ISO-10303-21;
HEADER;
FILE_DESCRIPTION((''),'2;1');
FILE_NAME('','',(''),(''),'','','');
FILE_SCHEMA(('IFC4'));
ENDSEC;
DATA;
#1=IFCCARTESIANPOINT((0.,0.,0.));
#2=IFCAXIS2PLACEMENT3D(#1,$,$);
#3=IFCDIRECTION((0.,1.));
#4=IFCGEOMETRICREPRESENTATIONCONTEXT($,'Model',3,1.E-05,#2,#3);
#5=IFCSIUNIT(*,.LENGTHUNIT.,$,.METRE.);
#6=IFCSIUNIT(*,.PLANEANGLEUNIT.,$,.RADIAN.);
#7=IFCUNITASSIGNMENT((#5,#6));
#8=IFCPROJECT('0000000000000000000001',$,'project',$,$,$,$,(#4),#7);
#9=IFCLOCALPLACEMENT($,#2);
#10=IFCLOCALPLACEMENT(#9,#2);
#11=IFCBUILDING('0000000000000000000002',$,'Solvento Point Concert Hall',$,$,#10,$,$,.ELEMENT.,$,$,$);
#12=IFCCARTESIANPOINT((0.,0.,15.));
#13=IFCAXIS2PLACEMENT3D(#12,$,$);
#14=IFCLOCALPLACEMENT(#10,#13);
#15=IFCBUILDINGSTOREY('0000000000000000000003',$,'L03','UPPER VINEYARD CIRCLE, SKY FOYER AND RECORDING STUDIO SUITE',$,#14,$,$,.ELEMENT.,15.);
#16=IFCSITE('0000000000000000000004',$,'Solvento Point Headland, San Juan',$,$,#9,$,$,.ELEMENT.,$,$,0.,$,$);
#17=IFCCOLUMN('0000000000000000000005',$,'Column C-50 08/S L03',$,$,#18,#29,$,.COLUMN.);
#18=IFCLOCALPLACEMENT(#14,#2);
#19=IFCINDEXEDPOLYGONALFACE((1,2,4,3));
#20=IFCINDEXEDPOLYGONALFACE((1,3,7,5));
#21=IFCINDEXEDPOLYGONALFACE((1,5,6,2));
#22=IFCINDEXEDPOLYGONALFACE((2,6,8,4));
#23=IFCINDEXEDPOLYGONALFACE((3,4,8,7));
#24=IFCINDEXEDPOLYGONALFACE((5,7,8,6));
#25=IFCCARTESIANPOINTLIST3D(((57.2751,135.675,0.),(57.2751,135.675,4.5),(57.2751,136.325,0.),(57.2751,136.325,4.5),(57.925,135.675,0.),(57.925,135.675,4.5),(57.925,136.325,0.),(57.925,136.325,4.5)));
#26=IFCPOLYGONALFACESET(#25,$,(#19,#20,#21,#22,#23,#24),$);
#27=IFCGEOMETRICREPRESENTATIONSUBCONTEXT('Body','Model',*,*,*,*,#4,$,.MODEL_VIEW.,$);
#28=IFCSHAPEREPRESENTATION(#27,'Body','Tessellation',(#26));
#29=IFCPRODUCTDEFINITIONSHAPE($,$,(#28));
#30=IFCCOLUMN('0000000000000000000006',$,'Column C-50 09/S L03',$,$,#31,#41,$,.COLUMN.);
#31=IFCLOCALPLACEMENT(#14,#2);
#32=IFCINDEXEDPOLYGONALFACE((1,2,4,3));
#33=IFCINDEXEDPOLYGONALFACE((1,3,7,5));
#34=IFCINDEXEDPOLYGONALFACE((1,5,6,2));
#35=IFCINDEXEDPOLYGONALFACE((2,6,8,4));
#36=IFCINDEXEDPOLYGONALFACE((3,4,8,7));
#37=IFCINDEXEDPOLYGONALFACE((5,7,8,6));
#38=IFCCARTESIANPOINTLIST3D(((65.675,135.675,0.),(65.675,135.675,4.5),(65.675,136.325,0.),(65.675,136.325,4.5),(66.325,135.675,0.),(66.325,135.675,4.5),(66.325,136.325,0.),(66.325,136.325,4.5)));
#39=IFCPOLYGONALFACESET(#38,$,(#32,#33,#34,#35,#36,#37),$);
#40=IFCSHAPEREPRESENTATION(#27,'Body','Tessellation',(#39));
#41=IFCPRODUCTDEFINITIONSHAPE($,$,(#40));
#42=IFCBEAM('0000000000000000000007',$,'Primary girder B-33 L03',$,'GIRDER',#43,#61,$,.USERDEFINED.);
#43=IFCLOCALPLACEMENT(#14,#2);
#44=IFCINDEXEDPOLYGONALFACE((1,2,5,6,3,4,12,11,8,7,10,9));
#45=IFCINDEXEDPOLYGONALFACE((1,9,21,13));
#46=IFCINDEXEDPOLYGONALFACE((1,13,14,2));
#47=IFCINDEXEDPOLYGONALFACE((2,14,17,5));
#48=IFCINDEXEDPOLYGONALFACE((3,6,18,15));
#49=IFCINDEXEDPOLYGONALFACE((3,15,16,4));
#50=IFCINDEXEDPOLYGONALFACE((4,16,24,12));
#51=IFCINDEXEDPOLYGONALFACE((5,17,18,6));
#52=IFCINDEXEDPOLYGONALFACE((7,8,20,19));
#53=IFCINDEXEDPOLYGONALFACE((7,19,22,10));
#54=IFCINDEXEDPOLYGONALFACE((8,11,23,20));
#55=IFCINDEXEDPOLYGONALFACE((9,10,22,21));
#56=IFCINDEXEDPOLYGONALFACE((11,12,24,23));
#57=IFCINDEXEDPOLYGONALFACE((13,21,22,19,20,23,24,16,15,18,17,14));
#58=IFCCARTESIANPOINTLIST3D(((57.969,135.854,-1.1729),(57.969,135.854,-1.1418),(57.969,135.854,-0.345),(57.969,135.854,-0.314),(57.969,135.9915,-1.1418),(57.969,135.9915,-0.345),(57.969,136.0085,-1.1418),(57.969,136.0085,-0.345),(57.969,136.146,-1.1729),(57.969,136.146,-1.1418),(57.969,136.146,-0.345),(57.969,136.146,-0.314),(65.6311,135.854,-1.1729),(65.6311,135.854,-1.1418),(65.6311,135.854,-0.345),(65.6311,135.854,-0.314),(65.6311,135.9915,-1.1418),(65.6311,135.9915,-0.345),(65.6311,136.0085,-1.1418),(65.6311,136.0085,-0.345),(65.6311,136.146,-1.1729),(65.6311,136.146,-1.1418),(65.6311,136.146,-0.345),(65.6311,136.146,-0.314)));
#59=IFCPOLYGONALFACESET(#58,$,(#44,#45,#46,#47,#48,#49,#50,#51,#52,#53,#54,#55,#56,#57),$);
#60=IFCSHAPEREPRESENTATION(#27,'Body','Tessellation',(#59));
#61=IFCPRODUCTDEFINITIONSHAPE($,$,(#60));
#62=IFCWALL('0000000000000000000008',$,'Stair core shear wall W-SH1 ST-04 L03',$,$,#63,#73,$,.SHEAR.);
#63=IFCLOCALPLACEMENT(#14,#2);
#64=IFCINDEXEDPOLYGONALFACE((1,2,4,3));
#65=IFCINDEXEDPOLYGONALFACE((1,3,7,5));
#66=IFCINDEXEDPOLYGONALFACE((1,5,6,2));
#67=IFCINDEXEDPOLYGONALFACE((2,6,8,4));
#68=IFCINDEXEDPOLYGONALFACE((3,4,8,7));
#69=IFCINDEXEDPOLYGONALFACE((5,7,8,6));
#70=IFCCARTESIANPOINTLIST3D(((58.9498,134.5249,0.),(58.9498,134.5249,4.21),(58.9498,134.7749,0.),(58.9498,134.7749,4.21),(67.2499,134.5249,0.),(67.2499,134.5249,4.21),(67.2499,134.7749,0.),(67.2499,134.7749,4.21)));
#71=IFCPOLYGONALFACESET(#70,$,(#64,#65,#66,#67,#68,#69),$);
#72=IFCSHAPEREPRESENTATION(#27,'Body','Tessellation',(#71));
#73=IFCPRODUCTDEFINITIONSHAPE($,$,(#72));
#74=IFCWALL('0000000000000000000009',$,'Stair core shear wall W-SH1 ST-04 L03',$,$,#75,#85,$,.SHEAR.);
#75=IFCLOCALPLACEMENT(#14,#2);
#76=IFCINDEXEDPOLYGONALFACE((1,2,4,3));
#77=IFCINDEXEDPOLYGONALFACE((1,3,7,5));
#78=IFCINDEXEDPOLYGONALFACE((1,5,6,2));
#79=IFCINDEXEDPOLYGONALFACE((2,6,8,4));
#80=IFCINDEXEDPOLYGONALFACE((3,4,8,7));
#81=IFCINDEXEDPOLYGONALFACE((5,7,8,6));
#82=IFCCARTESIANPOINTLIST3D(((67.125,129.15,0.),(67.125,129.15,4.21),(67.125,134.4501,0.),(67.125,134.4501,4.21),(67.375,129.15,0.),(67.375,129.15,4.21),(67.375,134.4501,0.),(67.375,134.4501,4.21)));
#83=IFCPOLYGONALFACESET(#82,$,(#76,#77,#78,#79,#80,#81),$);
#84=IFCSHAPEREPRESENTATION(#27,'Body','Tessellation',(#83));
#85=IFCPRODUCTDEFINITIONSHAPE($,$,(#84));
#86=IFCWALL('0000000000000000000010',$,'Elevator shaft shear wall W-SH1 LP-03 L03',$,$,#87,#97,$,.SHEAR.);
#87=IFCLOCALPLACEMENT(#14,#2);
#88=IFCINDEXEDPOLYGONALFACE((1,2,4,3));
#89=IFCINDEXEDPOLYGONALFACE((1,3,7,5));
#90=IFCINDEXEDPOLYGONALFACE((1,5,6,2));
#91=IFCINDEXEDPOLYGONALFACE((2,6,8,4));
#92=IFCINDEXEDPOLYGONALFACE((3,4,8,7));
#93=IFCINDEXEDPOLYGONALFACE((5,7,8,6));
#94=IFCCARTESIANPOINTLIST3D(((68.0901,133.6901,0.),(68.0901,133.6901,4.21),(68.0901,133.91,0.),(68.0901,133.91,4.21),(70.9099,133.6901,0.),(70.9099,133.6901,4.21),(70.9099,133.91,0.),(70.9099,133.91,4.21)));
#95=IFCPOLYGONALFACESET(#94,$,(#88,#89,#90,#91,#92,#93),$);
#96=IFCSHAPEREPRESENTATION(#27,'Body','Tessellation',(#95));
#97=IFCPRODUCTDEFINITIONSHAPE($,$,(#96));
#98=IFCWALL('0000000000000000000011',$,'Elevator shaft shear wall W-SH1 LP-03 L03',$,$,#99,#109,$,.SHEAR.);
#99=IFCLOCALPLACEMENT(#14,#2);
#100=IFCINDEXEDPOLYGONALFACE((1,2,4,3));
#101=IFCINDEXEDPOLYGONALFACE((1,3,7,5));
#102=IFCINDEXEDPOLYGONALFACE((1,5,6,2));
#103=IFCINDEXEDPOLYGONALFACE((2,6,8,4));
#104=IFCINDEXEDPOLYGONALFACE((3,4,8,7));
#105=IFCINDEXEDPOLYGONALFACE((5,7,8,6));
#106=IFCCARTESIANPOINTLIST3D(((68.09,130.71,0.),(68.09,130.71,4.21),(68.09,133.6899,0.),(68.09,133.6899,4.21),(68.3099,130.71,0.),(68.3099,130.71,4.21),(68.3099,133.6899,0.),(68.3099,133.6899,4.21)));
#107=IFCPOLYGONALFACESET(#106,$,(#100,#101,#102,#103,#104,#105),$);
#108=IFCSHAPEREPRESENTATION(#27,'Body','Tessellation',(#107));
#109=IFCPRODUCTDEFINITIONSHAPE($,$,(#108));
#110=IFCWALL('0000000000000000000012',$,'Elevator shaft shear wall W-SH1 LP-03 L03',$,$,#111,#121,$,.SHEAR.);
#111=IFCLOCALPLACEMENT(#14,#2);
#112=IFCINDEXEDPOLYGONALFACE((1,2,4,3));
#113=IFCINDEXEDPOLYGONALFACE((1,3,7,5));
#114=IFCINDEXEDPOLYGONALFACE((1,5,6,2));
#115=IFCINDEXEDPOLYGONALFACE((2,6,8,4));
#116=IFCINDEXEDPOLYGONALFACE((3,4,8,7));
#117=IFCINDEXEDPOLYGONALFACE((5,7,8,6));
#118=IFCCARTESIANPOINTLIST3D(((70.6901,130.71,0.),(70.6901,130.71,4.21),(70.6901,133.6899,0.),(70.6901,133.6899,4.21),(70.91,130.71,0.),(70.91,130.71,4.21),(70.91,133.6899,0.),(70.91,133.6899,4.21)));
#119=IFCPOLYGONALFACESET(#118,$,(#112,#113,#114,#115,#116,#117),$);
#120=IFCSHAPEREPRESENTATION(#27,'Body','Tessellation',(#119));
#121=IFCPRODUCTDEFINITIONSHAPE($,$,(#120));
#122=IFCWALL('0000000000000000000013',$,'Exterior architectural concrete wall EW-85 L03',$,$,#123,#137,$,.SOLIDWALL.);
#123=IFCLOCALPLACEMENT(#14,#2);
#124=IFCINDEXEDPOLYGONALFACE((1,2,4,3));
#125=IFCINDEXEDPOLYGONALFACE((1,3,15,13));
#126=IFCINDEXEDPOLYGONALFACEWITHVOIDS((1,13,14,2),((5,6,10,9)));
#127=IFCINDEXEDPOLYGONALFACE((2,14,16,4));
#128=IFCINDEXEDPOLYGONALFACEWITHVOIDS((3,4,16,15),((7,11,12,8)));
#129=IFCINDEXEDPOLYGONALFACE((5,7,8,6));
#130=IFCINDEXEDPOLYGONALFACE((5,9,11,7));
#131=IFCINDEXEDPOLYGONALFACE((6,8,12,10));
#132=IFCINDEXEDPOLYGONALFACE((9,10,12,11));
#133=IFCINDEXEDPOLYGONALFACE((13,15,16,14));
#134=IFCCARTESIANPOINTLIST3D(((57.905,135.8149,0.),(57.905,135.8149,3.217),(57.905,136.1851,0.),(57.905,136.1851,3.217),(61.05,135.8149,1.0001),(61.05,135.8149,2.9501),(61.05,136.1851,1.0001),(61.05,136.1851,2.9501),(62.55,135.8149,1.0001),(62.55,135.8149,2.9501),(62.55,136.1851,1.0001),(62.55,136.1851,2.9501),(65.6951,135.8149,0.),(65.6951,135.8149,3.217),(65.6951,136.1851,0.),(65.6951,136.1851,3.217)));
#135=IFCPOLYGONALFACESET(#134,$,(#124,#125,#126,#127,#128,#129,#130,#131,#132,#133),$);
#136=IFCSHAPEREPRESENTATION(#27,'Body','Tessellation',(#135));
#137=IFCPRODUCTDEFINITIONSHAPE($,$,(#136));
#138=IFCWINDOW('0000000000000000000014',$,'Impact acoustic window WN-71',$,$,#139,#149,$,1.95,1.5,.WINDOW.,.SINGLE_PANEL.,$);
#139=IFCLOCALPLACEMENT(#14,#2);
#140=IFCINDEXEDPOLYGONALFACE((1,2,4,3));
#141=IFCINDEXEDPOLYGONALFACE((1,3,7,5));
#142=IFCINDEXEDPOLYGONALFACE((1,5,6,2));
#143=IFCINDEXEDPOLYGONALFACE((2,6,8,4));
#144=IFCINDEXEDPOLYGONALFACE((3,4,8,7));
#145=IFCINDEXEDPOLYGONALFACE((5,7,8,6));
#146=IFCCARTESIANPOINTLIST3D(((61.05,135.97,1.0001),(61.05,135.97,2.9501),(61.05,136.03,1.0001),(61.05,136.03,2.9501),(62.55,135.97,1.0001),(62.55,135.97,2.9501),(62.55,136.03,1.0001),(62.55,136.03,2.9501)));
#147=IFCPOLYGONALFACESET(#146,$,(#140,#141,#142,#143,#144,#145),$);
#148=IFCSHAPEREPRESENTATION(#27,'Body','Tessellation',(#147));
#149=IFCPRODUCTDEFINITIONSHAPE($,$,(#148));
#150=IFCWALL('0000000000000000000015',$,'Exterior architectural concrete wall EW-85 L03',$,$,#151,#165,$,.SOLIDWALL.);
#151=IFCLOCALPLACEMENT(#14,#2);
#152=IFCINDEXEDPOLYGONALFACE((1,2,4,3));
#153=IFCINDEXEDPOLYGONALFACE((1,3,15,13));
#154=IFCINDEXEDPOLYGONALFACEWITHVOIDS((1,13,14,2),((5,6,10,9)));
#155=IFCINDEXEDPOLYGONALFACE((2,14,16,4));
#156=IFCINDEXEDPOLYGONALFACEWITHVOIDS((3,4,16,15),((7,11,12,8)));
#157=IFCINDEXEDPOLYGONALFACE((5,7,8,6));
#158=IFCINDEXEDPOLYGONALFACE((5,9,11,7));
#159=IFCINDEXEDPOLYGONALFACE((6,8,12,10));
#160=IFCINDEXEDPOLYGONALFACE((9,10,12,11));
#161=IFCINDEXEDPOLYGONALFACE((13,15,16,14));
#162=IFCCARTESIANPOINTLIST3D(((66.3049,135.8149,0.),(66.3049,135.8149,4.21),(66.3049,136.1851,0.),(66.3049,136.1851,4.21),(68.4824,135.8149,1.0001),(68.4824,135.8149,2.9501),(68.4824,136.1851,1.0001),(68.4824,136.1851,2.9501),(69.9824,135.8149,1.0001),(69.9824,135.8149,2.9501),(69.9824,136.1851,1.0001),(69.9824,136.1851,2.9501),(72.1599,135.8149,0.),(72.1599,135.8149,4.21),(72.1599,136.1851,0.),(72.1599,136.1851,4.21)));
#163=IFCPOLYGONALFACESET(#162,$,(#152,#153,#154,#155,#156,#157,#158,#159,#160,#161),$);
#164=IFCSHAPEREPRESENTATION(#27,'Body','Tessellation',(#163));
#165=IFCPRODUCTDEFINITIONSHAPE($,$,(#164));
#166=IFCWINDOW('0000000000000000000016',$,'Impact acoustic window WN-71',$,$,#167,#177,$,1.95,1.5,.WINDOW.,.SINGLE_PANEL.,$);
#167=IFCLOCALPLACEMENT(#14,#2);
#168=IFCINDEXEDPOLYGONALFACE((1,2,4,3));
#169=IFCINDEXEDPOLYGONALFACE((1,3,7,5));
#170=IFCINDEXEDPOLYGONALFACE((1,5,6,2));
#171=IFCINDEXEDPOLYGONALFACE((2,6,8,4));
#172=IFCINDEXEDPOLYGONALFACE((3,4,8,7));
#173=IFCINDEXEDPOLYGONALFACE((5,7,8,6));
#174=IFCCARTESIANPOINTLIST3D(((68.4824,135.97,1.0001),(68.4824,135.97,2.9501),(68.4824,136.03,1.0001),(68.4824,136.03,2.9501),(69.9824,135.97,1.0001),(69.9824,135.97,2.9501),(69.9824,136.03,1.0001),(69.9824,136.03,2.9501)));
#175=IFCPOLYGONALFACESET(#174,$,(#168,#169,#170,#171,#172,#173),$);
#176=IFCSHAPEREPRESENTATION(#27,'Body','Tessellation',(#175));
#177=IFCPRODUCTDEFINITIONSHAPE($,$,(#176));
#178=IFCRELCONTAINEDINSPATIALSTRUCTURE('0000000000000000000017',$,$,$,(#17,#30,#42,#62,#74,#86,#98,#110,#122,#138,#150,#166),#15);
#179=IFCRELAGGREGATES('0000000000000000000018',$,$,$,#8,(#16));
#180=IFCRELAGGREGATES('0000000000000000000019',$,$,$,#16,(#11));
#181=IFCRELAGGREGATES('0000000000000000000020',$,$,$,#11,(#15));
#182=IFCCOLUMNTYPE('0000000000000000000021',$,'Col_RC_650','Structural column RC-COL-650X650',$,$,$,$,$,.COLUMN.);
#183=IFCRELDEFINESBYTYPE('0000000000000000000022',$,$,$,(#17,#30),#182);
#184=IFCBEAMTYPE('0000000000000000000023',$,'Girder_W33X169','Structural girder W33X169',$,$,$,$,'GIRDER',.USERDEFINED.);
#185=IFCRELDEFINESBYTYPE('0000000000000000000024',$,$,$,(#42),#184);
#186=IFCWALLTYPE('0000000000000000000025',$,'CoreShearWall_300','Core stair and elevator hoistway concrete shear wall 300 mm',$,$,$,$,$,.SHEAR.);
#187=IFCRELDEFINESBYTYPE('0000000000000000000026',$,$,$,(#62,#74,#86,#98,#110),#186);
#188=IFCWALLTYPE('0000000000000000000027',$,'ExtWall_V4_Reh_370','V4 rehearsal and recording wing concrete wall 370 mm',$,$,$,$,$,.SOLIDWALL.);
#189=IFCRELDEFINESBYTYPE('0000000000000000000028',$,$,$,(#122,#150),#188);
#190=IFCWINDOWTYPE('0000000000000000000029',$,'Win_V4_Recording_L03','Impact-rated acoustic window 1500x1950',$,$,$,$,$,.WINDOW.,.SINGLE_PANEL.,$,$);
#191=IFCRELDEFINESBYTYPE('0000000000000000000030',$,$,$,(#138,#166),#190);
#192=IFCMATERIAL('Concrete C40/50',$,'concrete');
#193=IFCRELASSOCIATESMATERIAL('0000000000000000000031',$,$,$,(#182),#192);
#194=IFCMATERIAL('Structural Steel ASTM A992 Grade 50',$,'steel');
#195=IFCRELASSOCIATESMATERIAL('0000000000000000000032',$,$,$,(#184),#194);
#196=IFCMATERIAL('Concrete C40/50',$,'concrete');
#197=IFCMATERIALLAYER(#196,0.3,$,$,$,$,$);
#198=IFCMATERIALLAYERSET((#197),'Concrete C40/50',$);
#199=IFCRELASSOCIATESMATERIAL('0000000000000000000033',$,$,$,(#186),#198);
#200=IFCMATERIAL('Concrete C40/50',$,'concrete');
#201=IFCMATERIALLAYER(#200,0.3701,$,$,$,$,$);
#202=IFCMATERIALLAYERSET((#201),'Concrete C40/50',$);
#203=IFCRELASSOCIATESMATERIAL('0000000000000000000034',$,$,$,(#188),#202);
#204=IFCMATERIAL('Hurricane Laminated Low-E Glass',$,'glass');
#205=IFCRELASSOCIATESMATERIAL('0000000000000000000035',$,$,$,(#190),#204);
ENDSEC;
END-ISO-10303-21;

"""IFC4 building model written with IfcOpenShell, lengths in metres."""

from ifc_helpers import new_model, si_unit, direction, frame, frame_2d, origin, origin_2d, place, context, subcontext, project, spatial, rectangle, i_section, extrude, material, layer, layer_set, material_profile, profile_set, type_object, element, fill, save


model = new_model("IFC4")

# Units and contexts
model_context = context("Model", 3, precision=1e-05, world=origin(), true_north=direction((0.0, 1.0)))
body_context = subcontext(model_context, "Body", "Model", "MODEL_VIEW")
ifc_project = project(units=[si_unit("LENGTHUNIT", "METRE"), si_unit("PLANEANGLEUNIT", "RADIAN")], contexts=[model_context])

# Site, building, storey
site_placement = place(None, origin())
site = spatial("IfcSite", under=ifc_project, at=site_placement, Name="Solvento Point Headland, San Juan", CompositionType="ELEMENT", RefElevation=0.0)
building_placement = place(site_placement, origin())
building = spatial("IfcBuilding", under=site, at=building_placement, Name="Solvento Point Concert Hall", CompositionType="ELEMENT")
storey_placement = place(building_placement, frame((0.0, 0.0, 15.0)))
storey = spatial("IfcBuildingStorey", under=building, at=storey_placement, Name="L03", Description="UPPER VINEYARD CIRCLE, SKY FOYER AND RECORDING STUDIO SUITE", CompositionType="ELEMENT", Elevation=15.0)

# Columns
ifc_material_1 = material(Name="Concrete C40/50", Category="concrete")
ifc_material_profile_1 = material_profile(ifc_material_1, rectangle(XDim=0.6499, YDim=0.6499, at=origin_2d()), Name="RC-COL-650X650")
ifc_profile_set_1 = profile_set([ifc_material_profile_1], Name="Concrete C40/50")
column_type = type_object("IfcColumnType", Name="Col_RC_650", Description="Structural column RC-COL-650X650", PredefinedType="COLUMN", material=ifc_profile_set_1)
for number, where, z_axis, x_axis, name in (
    (1, (57.6001, 136.0, 0.0), (0.0, 0.0, 1.0), (1.0, 0.0, 0.0), "Column C-50 08/S L03"),
    (2, (66.0, 136.0, 0.0), (0.0, 0.0, 1.0), (1.0, 0.0, 0.0), "Column C-50 09/S L03"),
):
    element("IfcColumn", number, at=place(storey_placement, frame(where, z_axis=z_axis, x_axis=x_axis)), inside=storey, type_object=column_type, Name=name, PredefinedType="COLUMN", context=body_context, shape_type="SweptSolid", body=[
        extrude(rectangle(XDim=0.6499, YDim=0.6499, at=origin_2d()), origin(), (0.0, 0.0, 1.0), 4.5),
    ])

# Beam
ifc_material_2 = material(Name="Structural Steel ASTM A992 Grade 50", Category="steel")
ifc_material_profile_2 = material_profile(ifc_material_2, i_section(OverallWidth=0.292, OverallDepth=0.8589, WebThickness=0.0171, FlangeThickness=0.031, at=origin_2d()), Name="W33X169")
ifc_profile_set_2 = profile_set([ifc_material_profile_2], Name="Structural Steel ASTM A992 Grade 50")
beam_type = type_object("IfcBeamType", Name="Girder_W33X169", Description="Structural girder W33X169", ElementType="GIRDER", PredefinedType="USERDEFINED", material=ifc_profile_set_2)
beam_placement = place(storey_placement, frame((57.969, 136.0, -0.7434), z_axis=(1.0, 0.0, 0.0), x_axis=(0.0, 1.0, 0.0)))
element("IfcBeam", 3, at=beam_placement, inside=storey, type_object=beam_type, Name="Primary girder B-33 L03", ObjectType="GIRDER", PredefinedType="USERDEFINED", context=body_context, shape_type="SweptSolid", body=[
    extrude(i_section(OverallWidth=0.292, OverallDepth=0.8589, WebThickness=0.0171, FlangeThickness=0.031, at=origin_2d()), origin(), (0.0, 0.0, 1.0), 7.6621),
])

# Walls
ifc_material_3 = material(Name="Concrete C40/50", Category="concrete")
ifc_layer_1 = layer(ifc_material_3, 0.3)
ifc_layer_set_1 = layer_set([ifc_layer_1], Name="Concrete C40/50")
wall_type_1 = type_object("IfcWallType", Name="CoreShearWall_300", Description="Core stair and elevator hoistway concrete shear wall 300 mm", PredefinedType="SHEAR", material=ifc_layer_set_1)
wall_1_placement = place(storey_placement, frame((58.95, 134.6499, 0.0), z_axis=(0.0, 0.0, 1.0), x_axis=(1.0, 0.0, 0.0)))
element("IfcWall", 4, at=wall_1_placement, inside=storey, type_object=wall_type_1, Name="Stair core shear wall W-SH1 ST-04 L03", PredefinedType="SHEAR", context=body_context, shape_type="SweptSolid", body=[
    extrude(rectangle(XDim=8.3, YDim=0.25, at=frame_2d((4.1499, 0.0))), origin(), (0.0, 0.0, 1.0), 4.21),
])
wall_2_placement = place(storey_placement, frame((67.25, 134.45, 0.0), z_axis=(0.0, 0.0, 1.0), x_axis=(0.0, -1.0, 0.0)))
element("IfcWall", 5, at=wall_2_placement, inside=storey, type_object=wall_type_1, Name="Stair core shear wall W-SH1 ST-04 L03", PredefinedType="SHEAR", context=body_context, shape_type="SweptSolid", body=[
    extrude(rectangle(XDim=5.3, YDim=0.25, at=frame_2d((2.6499, 0.0))), origin(), (0.0, 0.0, 1.0), 4.21),
])
wall_3_placement = place(storey_placement, frame((68.0901, 133.8, 0.0), z_axis=(0.0, 0.0, 1.0), x_axis=(1.0, 0.0, 0.0)))
element("IfcWall", 6, at=wall_3_placement, inside=storey, type_object=wall_type_1, Name="Elevator shaft shear wall W-SH1 LP-03 L03", PredefinedType="SHEAR", context=body_context, shape_type="SweptSolid", body=[
    extrude(rectangle(XDim=2.8198, YDim=0.22, at=frame_2d((1.4099, 0.0))), origin(), (0.0, 0.0, 1.0), 4.21),
])
for number, where, z_axis, x_axis, name in (
    (7, (68.2, 130.71, 0.0), (0.0, 0.0, 1.0), (0.0, 1.0, 0.0), "Elevator shaft shear wall W-SH1 LP-03 L03"),
    (8, (70.8, 130.71, 0.0), (0.0, 0.0, 1.0), (0.0, 1.0, 0.0), "Elevator shaft shear wall W-SH1 LP-03 L03"),
):
    element("IfcWall", number, at=place(storey_placement, frame(where, z_axis=z_axis, x_axis=x_axis)), inside=storey, type_object=wall_type_1, Name=name, PredefinedType="SHEAR", context=body_context, shape_type="SweptSolid", body=[
        extrude(rectangle(XDim=2.98, YDim=0.22, at=frame_2d((1.49, 0.0))), origin(), (0.0, 0.0, 1.0), 4.21),
    ])

# Walls, openings, windows
ifc_material_4 = material(Name="Concrete C40/50", Category="concrete")
ifc_layer_2 = layer(ifc_material_4, 0.3701)
ifc_layer_set_2 = layer_set([ifc_layer_2], Name="Concrete C40/50")
wall_type_2 = type_object("IfcWallType", Name="ExtWall_V4_Reh_370", Description="V4 rehearsal and recording wing concrete wall 370 mm", PredefinedType="SOLIDWALL", material=ifc_layer_set_2)
wall_4_placement = place(storey_placement, frame((57.905, 136.0, 0.0), z_axis=(0.0, 0.0, 1.0), x_axis=(1.0, 0.0, 0.0)))
wall_4 = element("IfcWall", 9, at=wall_4_placement, inside=storey, type_object=wall_type_2, Name="Exterior architectural concrete wall EW-85 L03", PredefinedType="SOLIDWALL", context=body_context, shape_type="SweptSolid", body=[
    extrude(rectangle(XDim=7.79, YDim=0.3701, at=frame_2d((3.895, 0.0))), origin(), (0.0, 0.0, 1.0), 3.217),
])
opening_1_placement = place(wall_4_placement, frame((3.145, 0.0, 1.0)))
opening_1 = element("IfcOpeningElement", 10, at=opening_1_placement, cuts=wall_4, PredefinedType="OPENING", context=body_context, shape_type="SweptSolid", body=[
    extrude(rectangle(XDim=1.5, YDim=1.95, at=frame_2d((0.75, 0.9751))), frame((0.0, 0.1951, 0.0), z_axis=(0.0, -1.0, 0.0), x_axis=(1.0, 0.0, 0.0)), (0.0, 0.0, 1.0), 0.3901),
])
ifc_material_5 = material(Name="Hurricane Laminated Low-E Glass", Category="glass")
window_type = type_object("IfcWindowType", Name="Win_V4_Recording_L03", Description="Impact-rated acoustic window 1500x1950", PartitioningType="SINGLE_PANEL", PredefinedType="WINDOW", material=ifc_material_5)
window_1_placement = place(opening_1_placement, origin())
window_1 = element("IfcWindow", 11, at=window_1_placement, inside=storey, type_object=window_type, Name="Impact acoustic window WN-71", OverallHeight=1.95, OverallWidth=1.5, PartitioningType="SINGLE_PANEL", PredefinedType="WINDOW", context=body_context, shape_type="SweptSolid", body=[
    extrude(rectangle(XDim=1.5, YDim=1.95, at=frame_2d((0.75, 0.9751))), frame((0.0, 0.03, 0.0), z_axis=(0.0, -1.0, 0.0), x_axis=(1.0, 0.0, 0.0)), (0.0, 0.0, 1.0), 0.0601),
])
fill(opening_1, window_1)
wall_5_placement = place(storey_placement, frame((66.3049, 136.0, 0.0), z_axis=(0.0, 0.0, 1.0), x_axis=(1.0, 0.0, 0.0)))
wall_5 = element("IfcWall", 12, at=wall_5_placement, inside=storey, type_object=wall_type_2, Name="Exterior architectural concrete wall EW-85 L03", PredefinedType="SOLIDWALL", context=body_context, shape_type="SweptSolid", body=[
    extrude(rectangle(XDim=5.855, YDim=0.3701, at=frame_2d((2.9275, 0.0))), origin(), (0.0, 0.0, 1.0), 4.21),
])
opening_2_placement = place(wall_5_placement, frame((2.1775, 0.0, 1.0)))
opening_2 = element("IfcOpeningElement", 13, at=opening_2_placement, cuts=wall_5, PredefinedType="OPENING", context=body_context, shape_type="SweptSolid", body=[
    extrude(rectangle(XDim=1.5, YDim=1.95, at=frame_2d((0.75, 0.9751))), frame((0.0, 0.1951, 0.0), z_axis=(0.0, -1.0, 0.0), x_axis=(1.0, 0.0, 0.0)), (0.0, 0.0, 1.0), 0.3901),
])
window_2_placement = place(opening_2_placement, origin())
window_2 = element("IfcWindow", 14, at=window_2_placement, inside=storey, type_object=window_type, Name="Impact acoustic window WN-71", OverallHeight=1.95, OverallWidth=1.5, PartitioningType="SINGLE_PANEL", PredefinedType="WINDOW", context=body_context, shape_type="SweptSolid", body=[
    extrude(rectangle(XDim=1.5, YDim=1.95, at=frame_2d((0.75, 0.9751))), frame((0.0, 0.03, 0.0), z_axis=(0.0, -1.0, 0.0), x_axis=(1.0, 0.0, 0.0)), (0.0, 0.0, 1.0), 0.0601),
])
fill(opening_2, window_2)

save(model, "model.ifc")
